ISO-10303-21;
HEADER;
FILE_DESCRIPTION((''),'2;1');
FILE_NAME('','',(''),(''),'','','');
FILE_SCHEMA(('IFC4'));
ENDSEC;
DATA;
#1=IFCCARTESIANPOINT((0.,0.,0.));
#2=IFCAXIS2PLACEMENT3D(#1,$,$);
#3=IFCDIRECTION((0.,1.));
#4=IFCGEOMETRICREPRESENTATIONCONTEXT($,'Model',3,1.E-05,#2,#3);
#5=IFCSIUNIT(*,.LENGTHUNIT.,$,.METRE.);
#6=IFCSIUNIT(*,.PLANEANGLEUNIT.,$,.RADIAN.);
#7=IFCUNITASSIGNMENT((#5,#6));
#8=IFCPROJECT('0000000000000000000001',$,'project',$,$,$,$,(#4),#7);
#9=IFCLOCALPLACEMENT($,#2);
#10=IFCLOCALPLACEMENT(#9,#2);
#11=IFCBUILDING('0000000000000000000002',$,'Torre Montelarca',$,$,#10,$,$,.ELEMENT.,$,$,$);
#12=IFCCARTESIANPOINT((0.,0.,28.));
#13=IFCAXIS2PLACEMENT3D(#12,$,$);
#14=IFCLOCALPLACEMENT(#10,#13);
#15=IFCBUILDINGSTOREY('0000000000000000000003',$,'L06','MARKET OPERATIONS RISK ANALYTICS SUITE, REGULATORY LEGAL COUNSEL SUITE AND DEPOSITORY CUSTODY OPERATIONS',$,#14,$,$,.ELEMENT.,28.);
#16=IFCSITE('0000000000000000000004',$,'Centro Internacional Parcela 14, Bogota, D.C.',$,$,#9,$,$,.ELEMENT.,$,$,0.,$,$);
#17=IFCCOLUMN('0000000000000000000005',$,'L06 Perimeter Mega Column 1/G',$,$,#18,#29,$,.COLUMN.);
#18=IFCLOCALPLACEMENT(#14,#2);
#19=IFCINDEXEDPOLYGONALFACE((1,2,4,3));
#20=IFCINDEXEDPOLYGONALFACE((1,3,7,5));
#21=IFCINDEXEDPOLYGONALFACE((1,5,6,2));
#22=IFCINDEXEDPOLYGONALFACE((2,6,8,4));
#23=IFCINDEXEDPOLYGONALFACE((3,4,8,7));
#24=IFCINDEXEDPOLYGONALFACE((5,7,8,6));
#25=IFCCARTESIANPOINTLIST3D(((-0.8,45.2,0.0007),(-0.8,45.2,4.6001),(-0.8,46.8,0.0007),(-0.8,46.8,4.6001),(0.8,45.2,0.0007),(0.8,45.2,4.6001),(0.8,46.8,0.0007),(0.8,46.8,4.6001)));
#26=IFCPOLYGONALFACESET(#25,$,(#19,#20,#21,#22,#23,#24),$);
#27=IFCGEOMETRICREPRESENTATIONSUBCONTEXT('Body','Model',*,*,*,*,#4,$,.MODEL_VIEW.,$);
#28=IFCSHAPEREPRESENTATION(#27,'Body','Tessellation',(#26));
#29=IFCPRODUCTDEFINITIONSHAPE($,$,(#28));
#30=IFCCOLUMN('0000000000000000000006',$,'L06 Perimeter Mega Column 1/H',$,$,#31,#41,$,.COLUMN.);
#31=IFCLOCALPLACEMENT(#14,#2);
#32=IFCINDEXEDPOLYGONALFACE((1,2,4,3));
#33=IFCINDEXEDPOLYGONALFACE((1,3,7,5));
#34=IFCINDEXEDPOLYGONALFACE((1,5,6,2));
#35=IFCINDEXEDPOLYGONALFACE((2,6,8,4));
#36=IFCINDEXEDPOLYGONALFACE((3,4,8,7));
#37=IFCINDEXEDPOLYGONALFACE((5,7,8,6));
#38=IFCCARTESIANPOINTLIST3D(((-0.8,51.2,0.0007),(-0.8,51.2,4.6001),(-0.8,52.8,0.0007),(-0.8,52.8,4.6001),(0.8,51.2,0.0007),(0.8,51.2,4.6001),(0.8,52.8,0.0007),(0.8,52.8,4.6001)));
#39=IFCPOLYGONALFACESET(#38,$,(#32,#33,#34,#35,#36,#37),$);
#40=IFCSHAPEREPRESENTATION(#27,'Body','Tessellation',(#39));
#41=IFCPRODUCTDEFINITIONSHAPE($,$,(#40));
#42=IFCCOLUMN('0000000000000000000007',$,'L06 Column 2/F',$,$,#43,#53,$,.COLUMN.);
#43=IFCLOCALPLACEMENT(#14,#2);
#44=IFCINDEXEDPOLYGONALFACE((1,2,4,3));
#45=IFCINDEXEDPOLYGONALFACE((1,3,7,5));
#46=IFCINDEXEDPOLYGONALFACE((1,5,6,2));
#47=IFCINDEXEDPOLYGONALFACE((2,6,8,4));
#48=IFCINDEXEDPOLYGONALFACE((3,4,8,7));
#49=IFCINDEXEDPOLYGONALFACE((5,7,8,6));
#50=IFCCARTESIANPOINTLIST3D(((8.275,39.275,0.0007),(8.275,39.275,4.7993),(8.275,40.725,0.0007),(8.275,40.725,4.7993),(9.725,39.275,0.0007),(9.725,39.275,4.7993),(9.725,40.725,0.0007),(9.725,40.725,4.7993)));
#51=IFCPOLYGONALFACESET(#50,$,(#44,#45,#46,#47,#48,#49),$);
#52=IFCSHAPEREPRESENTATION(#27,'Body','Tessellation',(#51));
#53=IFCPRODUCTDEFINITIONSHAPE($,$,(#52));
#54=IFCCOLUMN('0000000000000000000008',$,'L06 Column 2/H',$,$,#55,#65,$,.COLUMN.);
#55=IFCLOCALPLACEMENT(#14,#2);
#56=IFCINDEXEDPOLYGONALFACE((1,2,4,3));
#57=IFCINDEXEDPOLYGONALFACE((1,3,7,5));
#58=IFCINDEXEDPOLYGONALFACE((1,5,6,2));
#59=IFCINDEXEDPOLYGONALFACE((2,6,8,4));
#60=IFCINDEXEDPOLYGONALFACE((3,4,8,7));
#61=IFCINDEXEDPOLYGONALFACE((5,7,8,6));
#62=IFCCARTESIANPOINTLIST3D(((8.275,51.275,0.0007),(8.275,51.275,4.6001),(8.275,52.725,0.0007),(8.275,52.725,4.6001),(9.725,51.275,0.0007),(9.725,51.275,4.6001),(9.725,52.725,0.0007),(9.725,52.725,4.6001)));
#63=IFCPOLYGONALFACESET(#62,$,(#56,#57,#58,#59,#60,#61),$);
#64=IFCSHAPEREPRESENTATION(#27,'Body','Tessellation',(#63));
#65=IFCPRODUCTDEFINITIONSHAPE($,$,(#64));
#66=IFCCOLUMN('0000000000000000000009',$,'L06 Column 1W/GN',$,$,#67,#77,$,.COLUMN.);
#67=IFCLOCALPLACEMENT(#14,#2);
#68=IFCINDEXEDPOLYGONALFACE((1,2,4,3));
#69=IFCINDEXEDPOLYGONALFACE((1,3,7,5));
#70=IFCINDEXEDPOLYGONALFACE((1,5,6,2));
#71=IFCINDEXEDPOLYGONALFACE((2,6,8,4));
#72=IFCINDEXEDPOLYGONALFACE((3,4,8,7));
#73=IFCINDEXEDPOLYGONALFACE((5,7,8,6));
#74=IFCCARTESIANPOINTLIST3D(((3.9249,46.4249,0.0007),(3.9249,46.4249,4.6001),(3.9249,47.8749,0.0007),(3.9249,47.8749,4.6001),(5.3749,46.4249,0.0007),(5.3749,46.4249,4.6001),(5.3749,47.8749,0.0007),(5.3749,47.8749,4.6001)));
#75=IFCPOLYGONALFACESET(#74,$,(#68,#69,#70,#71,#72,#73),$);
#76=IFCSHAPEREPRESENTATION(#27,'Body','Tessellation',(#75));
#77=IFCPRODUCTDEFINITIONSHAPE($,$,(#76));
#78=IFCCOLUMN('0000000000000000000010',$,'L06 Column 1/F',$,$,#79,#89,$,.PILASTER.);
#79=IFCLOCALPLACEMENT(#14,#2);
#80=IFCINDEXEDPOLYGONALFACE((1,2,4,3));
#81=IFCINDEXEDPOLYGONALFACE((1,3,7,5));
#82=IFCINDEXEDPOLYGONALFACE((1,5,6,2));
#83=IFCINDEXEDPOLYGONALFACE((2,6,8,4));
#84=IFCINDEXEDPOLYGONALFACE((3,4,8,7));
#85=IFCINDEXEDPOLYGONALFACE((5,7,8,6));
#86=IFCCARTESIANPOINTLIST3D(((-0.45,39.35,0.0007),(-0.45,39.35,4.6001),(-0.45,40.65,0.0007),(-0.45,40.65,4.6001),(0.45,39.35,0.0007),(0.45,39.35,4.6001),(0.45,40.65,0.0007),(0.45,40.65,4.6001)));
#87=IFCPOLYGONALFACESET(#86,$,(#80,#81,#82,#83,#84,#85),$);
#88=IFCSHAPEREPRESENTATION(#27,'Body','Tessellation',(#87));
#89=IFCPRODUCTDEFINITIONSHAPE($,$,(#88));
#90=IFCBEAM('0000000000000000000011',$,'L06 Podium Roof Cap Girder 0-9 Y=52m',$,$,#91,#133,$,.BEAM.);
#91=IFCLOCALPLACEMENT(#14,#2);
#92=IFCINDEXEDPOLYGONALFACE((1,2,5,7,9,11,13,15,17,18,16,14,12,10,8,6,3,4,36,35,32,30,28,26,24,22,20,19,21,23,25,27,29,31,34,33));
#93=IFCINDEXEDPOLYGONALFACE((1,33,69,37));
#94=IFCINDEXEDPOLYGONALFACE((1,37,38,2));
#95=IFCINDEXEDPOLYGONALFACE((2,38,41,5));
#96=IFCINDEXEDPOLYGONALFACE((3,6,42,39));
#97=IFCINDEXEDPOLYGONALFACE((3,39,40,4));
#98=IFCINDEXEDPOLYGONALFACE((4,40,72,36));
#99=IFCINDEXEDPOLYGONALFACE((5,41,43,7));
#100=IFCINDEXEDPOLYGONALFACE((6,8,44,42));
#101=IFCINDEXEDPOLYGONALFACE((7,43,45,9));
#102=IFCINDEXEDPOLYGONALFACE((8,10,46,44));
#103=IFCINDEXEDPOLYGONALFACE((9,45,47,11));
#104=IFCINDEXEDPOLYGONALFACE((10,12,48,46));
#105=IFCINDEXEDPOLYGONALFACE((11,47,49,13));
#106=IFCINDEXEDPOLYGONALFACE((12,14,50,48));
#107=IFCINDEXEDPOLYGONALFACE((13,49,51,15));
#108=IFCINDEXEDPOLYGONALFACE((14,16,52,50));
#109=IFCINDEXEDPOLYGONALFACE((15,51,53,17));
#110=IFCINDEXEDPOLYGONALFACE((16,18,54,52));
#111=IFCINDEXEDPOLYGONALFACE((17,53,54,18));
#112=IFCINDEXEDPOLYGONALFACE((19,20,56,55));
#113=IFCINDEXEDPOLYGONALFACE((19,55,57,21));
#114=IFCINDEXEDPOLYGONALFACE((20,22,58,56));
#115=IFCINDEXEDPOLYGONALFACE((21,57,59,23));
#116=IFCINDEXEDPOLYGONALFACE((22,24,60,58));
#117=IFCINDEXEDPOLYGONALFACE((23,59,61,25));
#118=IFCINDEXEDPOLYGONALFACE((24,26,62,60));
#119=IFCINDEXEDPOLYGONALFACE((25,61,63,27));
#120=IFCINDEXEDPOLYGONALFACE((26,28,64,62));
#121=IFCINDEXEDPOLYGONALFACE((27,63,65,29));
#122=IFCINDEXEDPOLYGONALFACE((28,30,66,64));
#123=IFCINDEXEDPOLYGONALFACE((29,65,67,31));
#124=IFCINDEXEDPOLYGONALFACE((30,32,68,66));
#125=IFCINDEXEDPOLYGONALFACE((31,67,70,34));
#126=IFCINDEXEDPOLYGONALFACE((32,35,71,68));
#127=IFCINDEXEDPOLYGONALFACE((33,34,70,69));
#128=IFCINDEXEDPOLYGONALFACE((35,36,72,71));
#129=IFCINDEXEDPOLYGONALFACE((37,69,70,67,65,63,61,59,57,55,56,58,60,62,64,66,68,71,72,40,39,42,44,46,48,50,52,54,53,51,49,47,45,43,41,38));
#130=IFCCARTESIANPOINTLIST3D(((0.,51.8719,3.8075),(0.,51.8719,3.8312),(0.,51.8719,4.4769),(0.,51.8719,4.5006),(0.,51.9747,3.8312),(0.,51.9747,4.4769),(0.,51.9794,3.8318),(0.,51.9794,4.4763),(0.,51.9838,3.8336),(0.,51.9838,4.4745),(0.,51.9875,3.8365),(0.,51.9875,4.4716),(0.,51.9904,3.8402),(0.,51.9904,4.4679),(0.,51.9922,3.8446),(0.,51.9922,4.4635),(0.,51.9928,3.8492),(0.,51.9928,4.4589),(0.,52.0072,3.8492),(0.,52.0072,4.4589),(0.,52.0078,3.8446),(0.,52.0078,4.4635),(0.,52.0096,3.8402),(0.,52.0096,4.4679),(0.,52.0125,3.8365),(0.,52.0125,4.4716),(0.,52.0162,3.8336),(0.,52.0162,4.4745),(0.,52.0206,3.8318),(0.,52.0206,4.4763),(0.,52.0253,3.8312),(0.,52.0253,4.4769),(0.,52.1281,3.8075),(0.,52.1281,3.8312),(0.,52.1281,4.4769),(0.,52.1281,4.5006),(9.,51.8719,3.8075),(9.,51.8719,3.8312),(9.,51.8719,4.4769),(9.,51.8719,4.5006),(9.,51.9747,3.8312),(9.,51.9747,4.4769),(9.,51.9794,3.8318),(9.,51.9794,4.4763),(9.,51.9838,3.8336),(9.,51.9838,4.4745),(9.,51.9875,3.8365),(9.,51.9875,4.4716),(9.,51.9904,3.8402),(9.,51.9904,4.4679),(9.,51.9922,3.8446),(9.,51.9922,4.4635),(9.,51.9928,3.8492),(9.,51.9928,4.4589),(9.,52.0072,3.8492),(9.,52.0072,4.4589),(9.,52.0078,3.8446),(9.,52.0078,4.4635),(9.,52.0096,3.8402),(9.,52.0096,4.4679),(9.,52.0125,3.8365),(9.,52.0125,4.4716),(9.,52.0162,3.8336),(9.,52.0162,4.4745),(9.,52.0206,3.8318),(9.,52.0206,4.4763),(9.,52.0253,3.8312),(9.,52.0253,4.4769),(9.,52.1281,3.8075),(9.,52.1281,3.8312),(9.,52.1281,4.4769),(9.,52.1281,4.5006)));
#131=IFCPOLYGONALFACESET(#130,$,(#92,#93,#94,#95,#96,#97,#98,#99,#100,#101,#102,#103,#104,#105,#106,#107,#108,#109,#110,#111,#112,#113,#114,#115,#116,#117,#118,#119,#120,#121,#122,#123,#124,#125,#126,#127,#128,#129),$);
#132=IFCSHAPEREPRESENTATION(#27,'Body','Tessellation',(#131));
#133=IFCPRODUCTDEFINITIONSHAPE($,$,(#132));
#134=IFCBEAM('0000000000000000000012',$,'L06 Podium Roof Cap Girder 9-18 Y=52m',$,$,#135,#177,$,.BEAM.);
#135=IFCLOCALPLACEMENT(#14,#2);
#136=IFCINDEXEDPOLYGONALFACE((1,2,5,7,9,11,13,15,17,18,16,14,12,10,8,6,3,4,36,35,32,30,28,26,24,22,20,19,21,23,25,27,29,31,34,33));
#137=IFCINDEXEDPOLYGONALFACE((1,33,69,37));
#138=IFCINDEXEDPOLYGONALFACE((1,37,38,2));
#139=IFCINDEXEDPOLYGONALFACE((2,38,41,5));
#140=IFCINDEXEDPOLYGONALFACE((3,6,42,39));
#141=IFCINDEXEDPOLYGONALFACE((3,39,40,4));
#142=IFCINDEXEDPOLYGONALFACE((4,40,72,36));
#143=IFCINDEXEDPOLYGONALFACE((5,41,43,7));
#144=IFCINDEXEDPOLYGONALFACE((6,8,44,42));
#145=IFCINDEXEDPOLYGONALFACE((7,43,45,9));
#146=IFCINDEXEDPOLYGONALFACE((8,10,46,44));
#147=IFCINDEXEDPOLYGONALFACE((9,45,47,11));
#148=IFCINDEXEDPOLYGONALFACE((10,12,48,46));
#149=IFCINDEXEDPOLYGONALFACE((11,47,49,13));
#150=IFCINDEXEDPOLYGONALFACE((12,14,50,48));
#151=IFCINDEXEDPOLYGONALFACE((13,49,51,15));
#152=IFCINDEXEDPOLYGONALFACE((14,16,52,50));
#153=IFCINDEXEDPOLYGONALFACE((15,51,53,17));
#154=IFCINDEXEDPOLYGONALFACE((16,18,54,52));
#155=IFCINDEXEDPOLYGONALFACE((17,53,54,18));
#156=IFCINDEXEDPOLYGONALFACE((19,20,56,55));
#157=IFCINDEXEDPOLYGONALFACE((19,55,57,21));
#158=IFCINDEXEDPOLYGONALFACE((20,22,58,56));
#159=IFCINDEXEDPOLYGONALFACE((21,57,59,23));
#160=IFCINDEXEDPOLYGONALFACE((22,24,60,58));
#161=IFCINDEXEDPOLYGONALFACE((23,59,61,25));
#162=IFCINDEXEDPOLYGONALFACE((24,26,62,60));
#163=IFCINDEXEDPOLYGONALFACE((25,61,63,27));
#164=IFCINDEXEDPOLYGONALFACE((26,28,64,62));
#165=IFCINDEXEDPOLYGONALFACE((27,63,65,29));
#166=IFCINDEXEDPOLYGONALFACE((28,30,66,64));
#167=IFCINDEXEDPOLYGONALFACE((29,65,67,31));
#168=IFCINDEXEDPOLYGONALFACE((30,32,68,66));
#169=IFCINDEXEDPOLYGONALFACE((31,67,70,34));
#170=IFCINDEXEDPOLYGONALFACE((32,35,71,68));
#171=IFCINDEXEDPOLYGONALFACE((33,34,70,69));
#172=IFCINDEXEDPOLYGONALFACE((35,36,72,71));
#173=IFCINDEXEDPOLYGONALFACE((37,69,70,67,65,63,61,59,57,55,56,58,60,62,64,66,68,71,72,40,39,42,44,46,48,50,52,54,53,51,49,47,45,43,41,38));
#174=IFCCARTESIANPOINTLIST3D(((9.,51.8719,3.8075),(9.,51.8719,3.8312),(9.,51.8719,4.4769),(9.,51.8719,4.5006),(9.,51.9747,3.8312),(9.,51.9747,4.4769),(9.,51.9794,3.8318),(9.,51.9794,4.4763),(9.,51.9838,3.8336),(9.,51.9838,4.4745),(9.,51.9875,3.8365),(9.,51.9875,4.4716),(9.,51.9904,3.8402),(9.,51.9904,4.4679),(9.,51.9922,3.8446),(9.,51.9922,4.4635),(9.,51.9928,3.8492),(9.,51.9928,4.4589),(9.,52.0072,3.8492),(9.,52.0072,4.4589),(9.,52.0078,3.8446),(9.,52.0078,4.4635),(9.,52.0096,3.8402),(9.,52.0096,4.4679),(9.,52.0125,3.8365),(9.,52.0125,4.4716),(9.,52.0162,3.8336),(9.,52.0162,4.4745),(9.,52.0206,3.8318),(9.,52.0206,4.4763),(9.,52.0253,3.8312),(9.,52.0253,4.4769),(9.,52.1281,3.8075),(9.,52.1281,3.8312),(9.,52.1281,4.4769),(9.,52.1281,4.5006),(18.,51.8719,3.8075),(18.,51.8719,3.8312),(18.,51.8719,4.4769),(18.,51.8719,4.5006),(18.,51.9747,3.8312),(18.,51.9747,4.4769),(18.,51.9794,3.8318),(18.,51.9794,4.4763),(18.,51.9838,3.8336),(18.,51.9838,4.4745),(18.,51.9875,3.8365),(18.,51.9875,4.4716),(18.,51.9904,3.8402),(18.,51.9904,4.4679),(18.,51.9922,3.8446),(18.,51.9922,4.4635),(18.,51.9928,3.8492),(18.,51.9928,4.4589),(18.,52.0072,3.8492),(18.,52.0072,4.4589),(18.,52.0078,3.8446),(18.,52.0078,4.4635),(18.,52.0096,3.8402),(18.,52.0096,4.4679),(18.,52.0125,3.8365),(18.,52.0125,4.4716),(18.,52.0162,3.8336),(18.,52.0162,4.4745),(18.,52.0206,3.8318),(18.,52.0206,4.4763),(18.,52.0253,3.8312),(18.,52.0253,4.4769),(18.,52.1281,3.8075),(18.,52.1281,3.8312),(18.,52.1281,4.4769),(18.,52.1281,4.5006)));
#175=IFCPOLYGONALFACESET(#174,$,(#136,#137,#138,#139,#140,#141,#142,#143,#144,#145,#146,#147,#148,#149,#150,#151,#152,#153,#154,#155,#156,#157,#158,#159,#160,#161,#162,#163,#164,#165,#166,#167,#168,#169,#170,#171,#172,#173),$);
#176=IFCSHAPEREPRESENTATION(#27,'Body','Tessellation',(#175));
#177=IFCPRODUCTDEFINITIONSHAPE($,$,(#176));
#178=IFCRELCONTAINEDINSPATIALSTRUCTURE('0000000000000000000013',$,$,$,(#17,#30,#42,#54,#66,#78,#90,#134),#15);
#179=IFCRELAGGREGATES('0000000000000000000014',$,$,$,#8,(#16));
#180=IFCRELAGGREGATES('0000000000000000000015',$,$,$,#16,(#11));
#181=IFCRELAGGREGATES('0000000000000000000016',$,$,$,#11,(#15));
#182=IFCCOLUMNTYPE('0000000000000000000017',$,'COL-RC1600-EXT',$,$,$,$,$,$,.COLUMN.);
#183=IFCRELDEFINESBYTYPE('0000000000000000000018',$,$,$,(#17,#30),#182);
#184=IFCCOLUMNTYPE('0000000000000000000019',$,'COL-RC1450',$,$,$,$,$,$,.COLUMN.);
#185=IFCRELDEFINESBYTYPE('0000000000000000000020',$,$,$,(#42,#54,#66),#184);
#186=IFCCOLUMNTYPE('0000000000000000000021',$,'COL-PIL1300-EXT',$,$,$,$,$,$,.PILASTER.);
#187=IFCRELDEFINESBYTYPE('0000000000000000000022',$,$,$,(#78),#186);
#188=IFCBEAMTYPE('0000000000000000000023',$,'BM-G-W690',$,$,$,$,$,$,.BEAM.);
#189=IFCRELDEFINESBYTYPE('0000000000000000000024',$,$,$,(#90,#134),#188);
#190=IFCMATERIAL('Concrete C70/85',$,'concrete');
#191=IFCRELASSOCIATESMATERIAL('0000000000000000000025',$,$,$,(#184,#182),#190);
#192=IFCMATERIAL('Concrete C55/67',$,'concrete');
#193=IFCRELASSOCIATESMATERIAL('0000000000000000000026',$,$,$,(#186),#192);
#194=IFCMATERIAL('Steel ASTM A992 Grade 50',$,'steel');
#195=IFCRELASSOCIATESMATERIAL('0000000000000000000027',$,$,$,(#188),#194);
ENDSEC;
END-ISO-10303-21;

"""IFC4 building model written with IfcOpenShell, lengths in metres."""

from ifc_helpers import new_model, si_unit, direction, frame, origin, origin_2d, place, context, subcontext, project, spatial, rectangle, i_section, extrude, source, transform, mapped, material, material_profile, profile_set, type_object, element, save


model = new_model("IFC4")

# Units and contexts
model_context = context("Model", 3, precision=1e-05, world=origin(), true_north=direction((0.0, 1.0)))
body_context = subcontext(model_context, "Body", "Model", "MODEL_VIEW")
ifc_project = project(units=[si_unit("LENGTHUNIT", "METRE"), si_unit("PLANEANGLEUNIT", "RADIAN")], contexts=[model_context])

# Site, building, storey
site_placement = place(None, origin())
site = spatial("IfcSite", under=ifc_project, at=site_placement, Name="Centro Internacional Parcela 14, Bogota, D.C.", CompositionType="ELEMENT", RefElevation=0.0)
building_placement = place(site_placement, origin())
building = spatial("IfcBuilding", under=site, at=building_placement, Name="Torre Montelarca", CompositionType="ELEMENT")
storey_placement = place(building_placement, frame((0.0, 0.0, 28.0)))
storey = spatial("IfcBuildingStorey", under=building, at=storey_placement, Name="L06", Description="MARKET OPERATIONS RISK ANALYTICS SUITE, REGULATORY LEGAL COUNSEL SUITE AND DEPOSITORY CUSTODY OPERATIONS", CompositionType="ELEMENT", Elevation=28.0)

# Columns
ifc_material_1 = material(Name="Concrete C70/85", Category="concrete")
ifc_material_profile_1 = material_profile(ifc_material_1, rectangle(XDim=1.45, YDim=1.45, at=origin_2d()), Name="RC1450X1450", Category="concrete")
ifc_profile_set_1 = profile_set([ifc_material_profile_1], Name="Concrete C70/85")
column_type_1 = type_object("IfcColumnType", Name="COL-RC1450", PredefinedType="COLUMN", material=ifc_profile_set_1)
ifc_material_profile_2 = material_profile(ifc_material_1, rectangle(XDim=1.6001, YDim=1.6001, at=origin_2d()), Name="RC1600X1600", Category="concrete")
ifc_profile_set_2 = profile_set([ifc_material_profile_2], Name="Concrete C70/85")
column_type_2 = type_object("IfcColumnType", Name="COL-RC1600-EXT", PredefinedType="COLUMN", material=ifc_profile_set_2)
shared_shape_1 = source(origin(), body_context, "Body", "SweptSolid", [
    extrude(rectangle(XDim=1.6001, YDim=1.6001, at=origin_2d()), origin(), (0.0, 0.0, 1.0), 4.5994),
])
for number, where, z_axis, x_axis, name in (
    (1, (0.0, 46.0, 0.0007), (0.0, 0.0, 1.0), (1.0, 0.0, 0.0), "L06 Perimeter Mega Column 1/G"),
    (2, (0.0, 52.0, 0.0007), (0.0, 0.0, 1.0), (1.0, 0.0, 0.0), "L06 Perimeter Mega Column 1/H"),
):
    element("IfcColumn", number, at=place(storey_placement, frame(where, z_axis=z_axis, x_axis=x_axis)), inside=storey, type_object=column_type_2, Name=name, PredefinedType="COLUMN", context=body_context, shape_type="MappedRepresentation", body=[
        mapped(shared_shape_1, transform((0.0, 0.0, 0.0), scale=1.0)),
    ])
shared_shape_2 = source(origin(), body_context, "Body", "SweptSolid", [
    extrude(rectangle(XDim=1.45, YDim=1.45, at=origin_2d()), origin(), (0.0, 0.0, 1.0), 4.7986),
])
column_1_placement = place(storey_placement, frame((9.0, 40.0, 0.0007), z_axis=(0.0, 0.0, 1.0), x_axis=(1.0, 0.0, 0.0)))
element("IfcColumn", 3, at=column_1_placement, inside=storey, type_object=column_type_1, Name="L06 Column 2/F", PredefinedType="COLUMN", context=body_context, shape_type="MappedRepresentation", body=[
    mapped(shared_shape_2, transform((0.0, 0.0, 0.0), scale=1.0)),
])
shared_shape_3 = source(origin(), body_context, "Body", "SweptSolid", [
    extrude(rectangle(XDim=1.45, YDim=1.45, at=origin_2d()), origin(), (0.0, 0.0, 1.0), 4.5994),
])
for number, where, z_axis, x_axis, name in (
    (4, (9.0, 52.0, 0.0007), (0.0, 0.0, 1.0), (1.0, 0.0, 0.0), "L06 Column 2/H"),
    (5, (4.6499, 47.1499, 0.0007), (0.0, 0.0, 1.0), (1.0, 0.0, 0.0), "L06 Column 1W/GN"),
):
    element("IfcColumn", number, at=place(storey_placement, frame(where, z_axis=z_axis, x_axis=x_axis)), inside=storey, type_object=column_type_1, Name=name, PredefinedType="COLUMN", context=body_context, shape_type="MappedRepresentation", body=[
        mapped(shared_shape_3, transform((0.0, 0.0, 0.0), scale=1.0)),
    ])
ifc_material_2 = material(Name="Concrete C55/67", Category="concrete")
ifc_material_profile_3 = material_profile(ifc_material_2, rectangle(XDim=0.8999, YDim=1.3, at=origin_2d()), Name="RC1300X900", Category="concrete")
ifc_profile_set_3 = profile_set([ifc_material_profile_3], Name="Concrete C55/67")
column_type_3 = type_object("IfcColumnType", Name="COL-PIL1300-EXT", PredefinedType="PILASTER", material=ifc_profile_set_3)
shared_shape_4 = source(origin(), body_context, "Body", "SweptSolid", [
    extrude(rectangle(XDim=0.8999, YDim=1.3, at=origin_2d()), origin(), (0.0, 0.0, 1.0), 4.5994),
])
column_2_placement = place(storey_placement, frame((0.0, 40.0, 0.0007), z_axis=(0.0, 0.0, 1.0), x_axis=(1.0, 0.0, 0.0)))
element("IfcColumn", 6, at=column_2_placement, inside=storey, type_object=column_type_3, Name="L06 Column 1/F", PredefinedType="PILASTER", context=body_context, shape_type="MappedRepresentation", body=[
    mapped(shared_shape_4, transform((0.0, 0.0, 0.0), scale=1.0)),
])

# Beams
ifc_material_3 = material(Name="Steel ASTM A992 Grade 50", Category="steel")
ifc_material_profile_4 = material_profile(ifc_material_3, i_section(OverallWidth=0.2561, OverallDepth=0.6931, WebThickness=0.0144, FlangeThickness=0.0237, FilletRadius=0.0181, at=origin_2d()), Name="W690X170", Category="steel")
ifc_profile_set_4 = profile_set([ifc_material_profile_4], Name="Steel ASTM A992 Grade 50")
beam_type = type_object("IfcBeamType", Name="BM-G-W690", PredefinedType="BEAM", material=ifc_profile_set_4)
shared_shape_5 = source(origin(), body_context, "Body", "SweptSolid", [
    extrude(i_section(OverallWidth=0.2561, OverallDepth=0.6931, WebThickness=0.0144, FlangeThickness=0.0237, FilletRadius=0.0181, at=origin_2d()), origin(), (0.0, 0.0, 1.0), 9.0),
])
for number, where, z_axis, x_axis, name in (
    (7, (0.0, 52.0, 4.1541), (1.0, 0.0, 0.0), (0.0, 1.0, 0.0), "L06 Podium Roof Cap Girder 0-9 Y=52m"),
    (8, (9.0, 52.0, 4.1541), (1.0, 0.0, 0.0), (0.0, 1.0, 0.0), "L06 Podium Roof Cap Girder 9-18 Y=52m"),
):
    element("IfcBeam", number, at=place(storey_placement, frame(where, z_axis=z_axis, x_axis=x_axis)), inside=storey, type_object=beam_type, Name=name, PredefinedType="BEAM", context=body_context, shape_type="MappedRepresentation", body=[
        mapped(shared_shape_5, transform((0.0, 0.0, 0.0), scale=1.0)),
    ])

save(model, "model.ifc")
